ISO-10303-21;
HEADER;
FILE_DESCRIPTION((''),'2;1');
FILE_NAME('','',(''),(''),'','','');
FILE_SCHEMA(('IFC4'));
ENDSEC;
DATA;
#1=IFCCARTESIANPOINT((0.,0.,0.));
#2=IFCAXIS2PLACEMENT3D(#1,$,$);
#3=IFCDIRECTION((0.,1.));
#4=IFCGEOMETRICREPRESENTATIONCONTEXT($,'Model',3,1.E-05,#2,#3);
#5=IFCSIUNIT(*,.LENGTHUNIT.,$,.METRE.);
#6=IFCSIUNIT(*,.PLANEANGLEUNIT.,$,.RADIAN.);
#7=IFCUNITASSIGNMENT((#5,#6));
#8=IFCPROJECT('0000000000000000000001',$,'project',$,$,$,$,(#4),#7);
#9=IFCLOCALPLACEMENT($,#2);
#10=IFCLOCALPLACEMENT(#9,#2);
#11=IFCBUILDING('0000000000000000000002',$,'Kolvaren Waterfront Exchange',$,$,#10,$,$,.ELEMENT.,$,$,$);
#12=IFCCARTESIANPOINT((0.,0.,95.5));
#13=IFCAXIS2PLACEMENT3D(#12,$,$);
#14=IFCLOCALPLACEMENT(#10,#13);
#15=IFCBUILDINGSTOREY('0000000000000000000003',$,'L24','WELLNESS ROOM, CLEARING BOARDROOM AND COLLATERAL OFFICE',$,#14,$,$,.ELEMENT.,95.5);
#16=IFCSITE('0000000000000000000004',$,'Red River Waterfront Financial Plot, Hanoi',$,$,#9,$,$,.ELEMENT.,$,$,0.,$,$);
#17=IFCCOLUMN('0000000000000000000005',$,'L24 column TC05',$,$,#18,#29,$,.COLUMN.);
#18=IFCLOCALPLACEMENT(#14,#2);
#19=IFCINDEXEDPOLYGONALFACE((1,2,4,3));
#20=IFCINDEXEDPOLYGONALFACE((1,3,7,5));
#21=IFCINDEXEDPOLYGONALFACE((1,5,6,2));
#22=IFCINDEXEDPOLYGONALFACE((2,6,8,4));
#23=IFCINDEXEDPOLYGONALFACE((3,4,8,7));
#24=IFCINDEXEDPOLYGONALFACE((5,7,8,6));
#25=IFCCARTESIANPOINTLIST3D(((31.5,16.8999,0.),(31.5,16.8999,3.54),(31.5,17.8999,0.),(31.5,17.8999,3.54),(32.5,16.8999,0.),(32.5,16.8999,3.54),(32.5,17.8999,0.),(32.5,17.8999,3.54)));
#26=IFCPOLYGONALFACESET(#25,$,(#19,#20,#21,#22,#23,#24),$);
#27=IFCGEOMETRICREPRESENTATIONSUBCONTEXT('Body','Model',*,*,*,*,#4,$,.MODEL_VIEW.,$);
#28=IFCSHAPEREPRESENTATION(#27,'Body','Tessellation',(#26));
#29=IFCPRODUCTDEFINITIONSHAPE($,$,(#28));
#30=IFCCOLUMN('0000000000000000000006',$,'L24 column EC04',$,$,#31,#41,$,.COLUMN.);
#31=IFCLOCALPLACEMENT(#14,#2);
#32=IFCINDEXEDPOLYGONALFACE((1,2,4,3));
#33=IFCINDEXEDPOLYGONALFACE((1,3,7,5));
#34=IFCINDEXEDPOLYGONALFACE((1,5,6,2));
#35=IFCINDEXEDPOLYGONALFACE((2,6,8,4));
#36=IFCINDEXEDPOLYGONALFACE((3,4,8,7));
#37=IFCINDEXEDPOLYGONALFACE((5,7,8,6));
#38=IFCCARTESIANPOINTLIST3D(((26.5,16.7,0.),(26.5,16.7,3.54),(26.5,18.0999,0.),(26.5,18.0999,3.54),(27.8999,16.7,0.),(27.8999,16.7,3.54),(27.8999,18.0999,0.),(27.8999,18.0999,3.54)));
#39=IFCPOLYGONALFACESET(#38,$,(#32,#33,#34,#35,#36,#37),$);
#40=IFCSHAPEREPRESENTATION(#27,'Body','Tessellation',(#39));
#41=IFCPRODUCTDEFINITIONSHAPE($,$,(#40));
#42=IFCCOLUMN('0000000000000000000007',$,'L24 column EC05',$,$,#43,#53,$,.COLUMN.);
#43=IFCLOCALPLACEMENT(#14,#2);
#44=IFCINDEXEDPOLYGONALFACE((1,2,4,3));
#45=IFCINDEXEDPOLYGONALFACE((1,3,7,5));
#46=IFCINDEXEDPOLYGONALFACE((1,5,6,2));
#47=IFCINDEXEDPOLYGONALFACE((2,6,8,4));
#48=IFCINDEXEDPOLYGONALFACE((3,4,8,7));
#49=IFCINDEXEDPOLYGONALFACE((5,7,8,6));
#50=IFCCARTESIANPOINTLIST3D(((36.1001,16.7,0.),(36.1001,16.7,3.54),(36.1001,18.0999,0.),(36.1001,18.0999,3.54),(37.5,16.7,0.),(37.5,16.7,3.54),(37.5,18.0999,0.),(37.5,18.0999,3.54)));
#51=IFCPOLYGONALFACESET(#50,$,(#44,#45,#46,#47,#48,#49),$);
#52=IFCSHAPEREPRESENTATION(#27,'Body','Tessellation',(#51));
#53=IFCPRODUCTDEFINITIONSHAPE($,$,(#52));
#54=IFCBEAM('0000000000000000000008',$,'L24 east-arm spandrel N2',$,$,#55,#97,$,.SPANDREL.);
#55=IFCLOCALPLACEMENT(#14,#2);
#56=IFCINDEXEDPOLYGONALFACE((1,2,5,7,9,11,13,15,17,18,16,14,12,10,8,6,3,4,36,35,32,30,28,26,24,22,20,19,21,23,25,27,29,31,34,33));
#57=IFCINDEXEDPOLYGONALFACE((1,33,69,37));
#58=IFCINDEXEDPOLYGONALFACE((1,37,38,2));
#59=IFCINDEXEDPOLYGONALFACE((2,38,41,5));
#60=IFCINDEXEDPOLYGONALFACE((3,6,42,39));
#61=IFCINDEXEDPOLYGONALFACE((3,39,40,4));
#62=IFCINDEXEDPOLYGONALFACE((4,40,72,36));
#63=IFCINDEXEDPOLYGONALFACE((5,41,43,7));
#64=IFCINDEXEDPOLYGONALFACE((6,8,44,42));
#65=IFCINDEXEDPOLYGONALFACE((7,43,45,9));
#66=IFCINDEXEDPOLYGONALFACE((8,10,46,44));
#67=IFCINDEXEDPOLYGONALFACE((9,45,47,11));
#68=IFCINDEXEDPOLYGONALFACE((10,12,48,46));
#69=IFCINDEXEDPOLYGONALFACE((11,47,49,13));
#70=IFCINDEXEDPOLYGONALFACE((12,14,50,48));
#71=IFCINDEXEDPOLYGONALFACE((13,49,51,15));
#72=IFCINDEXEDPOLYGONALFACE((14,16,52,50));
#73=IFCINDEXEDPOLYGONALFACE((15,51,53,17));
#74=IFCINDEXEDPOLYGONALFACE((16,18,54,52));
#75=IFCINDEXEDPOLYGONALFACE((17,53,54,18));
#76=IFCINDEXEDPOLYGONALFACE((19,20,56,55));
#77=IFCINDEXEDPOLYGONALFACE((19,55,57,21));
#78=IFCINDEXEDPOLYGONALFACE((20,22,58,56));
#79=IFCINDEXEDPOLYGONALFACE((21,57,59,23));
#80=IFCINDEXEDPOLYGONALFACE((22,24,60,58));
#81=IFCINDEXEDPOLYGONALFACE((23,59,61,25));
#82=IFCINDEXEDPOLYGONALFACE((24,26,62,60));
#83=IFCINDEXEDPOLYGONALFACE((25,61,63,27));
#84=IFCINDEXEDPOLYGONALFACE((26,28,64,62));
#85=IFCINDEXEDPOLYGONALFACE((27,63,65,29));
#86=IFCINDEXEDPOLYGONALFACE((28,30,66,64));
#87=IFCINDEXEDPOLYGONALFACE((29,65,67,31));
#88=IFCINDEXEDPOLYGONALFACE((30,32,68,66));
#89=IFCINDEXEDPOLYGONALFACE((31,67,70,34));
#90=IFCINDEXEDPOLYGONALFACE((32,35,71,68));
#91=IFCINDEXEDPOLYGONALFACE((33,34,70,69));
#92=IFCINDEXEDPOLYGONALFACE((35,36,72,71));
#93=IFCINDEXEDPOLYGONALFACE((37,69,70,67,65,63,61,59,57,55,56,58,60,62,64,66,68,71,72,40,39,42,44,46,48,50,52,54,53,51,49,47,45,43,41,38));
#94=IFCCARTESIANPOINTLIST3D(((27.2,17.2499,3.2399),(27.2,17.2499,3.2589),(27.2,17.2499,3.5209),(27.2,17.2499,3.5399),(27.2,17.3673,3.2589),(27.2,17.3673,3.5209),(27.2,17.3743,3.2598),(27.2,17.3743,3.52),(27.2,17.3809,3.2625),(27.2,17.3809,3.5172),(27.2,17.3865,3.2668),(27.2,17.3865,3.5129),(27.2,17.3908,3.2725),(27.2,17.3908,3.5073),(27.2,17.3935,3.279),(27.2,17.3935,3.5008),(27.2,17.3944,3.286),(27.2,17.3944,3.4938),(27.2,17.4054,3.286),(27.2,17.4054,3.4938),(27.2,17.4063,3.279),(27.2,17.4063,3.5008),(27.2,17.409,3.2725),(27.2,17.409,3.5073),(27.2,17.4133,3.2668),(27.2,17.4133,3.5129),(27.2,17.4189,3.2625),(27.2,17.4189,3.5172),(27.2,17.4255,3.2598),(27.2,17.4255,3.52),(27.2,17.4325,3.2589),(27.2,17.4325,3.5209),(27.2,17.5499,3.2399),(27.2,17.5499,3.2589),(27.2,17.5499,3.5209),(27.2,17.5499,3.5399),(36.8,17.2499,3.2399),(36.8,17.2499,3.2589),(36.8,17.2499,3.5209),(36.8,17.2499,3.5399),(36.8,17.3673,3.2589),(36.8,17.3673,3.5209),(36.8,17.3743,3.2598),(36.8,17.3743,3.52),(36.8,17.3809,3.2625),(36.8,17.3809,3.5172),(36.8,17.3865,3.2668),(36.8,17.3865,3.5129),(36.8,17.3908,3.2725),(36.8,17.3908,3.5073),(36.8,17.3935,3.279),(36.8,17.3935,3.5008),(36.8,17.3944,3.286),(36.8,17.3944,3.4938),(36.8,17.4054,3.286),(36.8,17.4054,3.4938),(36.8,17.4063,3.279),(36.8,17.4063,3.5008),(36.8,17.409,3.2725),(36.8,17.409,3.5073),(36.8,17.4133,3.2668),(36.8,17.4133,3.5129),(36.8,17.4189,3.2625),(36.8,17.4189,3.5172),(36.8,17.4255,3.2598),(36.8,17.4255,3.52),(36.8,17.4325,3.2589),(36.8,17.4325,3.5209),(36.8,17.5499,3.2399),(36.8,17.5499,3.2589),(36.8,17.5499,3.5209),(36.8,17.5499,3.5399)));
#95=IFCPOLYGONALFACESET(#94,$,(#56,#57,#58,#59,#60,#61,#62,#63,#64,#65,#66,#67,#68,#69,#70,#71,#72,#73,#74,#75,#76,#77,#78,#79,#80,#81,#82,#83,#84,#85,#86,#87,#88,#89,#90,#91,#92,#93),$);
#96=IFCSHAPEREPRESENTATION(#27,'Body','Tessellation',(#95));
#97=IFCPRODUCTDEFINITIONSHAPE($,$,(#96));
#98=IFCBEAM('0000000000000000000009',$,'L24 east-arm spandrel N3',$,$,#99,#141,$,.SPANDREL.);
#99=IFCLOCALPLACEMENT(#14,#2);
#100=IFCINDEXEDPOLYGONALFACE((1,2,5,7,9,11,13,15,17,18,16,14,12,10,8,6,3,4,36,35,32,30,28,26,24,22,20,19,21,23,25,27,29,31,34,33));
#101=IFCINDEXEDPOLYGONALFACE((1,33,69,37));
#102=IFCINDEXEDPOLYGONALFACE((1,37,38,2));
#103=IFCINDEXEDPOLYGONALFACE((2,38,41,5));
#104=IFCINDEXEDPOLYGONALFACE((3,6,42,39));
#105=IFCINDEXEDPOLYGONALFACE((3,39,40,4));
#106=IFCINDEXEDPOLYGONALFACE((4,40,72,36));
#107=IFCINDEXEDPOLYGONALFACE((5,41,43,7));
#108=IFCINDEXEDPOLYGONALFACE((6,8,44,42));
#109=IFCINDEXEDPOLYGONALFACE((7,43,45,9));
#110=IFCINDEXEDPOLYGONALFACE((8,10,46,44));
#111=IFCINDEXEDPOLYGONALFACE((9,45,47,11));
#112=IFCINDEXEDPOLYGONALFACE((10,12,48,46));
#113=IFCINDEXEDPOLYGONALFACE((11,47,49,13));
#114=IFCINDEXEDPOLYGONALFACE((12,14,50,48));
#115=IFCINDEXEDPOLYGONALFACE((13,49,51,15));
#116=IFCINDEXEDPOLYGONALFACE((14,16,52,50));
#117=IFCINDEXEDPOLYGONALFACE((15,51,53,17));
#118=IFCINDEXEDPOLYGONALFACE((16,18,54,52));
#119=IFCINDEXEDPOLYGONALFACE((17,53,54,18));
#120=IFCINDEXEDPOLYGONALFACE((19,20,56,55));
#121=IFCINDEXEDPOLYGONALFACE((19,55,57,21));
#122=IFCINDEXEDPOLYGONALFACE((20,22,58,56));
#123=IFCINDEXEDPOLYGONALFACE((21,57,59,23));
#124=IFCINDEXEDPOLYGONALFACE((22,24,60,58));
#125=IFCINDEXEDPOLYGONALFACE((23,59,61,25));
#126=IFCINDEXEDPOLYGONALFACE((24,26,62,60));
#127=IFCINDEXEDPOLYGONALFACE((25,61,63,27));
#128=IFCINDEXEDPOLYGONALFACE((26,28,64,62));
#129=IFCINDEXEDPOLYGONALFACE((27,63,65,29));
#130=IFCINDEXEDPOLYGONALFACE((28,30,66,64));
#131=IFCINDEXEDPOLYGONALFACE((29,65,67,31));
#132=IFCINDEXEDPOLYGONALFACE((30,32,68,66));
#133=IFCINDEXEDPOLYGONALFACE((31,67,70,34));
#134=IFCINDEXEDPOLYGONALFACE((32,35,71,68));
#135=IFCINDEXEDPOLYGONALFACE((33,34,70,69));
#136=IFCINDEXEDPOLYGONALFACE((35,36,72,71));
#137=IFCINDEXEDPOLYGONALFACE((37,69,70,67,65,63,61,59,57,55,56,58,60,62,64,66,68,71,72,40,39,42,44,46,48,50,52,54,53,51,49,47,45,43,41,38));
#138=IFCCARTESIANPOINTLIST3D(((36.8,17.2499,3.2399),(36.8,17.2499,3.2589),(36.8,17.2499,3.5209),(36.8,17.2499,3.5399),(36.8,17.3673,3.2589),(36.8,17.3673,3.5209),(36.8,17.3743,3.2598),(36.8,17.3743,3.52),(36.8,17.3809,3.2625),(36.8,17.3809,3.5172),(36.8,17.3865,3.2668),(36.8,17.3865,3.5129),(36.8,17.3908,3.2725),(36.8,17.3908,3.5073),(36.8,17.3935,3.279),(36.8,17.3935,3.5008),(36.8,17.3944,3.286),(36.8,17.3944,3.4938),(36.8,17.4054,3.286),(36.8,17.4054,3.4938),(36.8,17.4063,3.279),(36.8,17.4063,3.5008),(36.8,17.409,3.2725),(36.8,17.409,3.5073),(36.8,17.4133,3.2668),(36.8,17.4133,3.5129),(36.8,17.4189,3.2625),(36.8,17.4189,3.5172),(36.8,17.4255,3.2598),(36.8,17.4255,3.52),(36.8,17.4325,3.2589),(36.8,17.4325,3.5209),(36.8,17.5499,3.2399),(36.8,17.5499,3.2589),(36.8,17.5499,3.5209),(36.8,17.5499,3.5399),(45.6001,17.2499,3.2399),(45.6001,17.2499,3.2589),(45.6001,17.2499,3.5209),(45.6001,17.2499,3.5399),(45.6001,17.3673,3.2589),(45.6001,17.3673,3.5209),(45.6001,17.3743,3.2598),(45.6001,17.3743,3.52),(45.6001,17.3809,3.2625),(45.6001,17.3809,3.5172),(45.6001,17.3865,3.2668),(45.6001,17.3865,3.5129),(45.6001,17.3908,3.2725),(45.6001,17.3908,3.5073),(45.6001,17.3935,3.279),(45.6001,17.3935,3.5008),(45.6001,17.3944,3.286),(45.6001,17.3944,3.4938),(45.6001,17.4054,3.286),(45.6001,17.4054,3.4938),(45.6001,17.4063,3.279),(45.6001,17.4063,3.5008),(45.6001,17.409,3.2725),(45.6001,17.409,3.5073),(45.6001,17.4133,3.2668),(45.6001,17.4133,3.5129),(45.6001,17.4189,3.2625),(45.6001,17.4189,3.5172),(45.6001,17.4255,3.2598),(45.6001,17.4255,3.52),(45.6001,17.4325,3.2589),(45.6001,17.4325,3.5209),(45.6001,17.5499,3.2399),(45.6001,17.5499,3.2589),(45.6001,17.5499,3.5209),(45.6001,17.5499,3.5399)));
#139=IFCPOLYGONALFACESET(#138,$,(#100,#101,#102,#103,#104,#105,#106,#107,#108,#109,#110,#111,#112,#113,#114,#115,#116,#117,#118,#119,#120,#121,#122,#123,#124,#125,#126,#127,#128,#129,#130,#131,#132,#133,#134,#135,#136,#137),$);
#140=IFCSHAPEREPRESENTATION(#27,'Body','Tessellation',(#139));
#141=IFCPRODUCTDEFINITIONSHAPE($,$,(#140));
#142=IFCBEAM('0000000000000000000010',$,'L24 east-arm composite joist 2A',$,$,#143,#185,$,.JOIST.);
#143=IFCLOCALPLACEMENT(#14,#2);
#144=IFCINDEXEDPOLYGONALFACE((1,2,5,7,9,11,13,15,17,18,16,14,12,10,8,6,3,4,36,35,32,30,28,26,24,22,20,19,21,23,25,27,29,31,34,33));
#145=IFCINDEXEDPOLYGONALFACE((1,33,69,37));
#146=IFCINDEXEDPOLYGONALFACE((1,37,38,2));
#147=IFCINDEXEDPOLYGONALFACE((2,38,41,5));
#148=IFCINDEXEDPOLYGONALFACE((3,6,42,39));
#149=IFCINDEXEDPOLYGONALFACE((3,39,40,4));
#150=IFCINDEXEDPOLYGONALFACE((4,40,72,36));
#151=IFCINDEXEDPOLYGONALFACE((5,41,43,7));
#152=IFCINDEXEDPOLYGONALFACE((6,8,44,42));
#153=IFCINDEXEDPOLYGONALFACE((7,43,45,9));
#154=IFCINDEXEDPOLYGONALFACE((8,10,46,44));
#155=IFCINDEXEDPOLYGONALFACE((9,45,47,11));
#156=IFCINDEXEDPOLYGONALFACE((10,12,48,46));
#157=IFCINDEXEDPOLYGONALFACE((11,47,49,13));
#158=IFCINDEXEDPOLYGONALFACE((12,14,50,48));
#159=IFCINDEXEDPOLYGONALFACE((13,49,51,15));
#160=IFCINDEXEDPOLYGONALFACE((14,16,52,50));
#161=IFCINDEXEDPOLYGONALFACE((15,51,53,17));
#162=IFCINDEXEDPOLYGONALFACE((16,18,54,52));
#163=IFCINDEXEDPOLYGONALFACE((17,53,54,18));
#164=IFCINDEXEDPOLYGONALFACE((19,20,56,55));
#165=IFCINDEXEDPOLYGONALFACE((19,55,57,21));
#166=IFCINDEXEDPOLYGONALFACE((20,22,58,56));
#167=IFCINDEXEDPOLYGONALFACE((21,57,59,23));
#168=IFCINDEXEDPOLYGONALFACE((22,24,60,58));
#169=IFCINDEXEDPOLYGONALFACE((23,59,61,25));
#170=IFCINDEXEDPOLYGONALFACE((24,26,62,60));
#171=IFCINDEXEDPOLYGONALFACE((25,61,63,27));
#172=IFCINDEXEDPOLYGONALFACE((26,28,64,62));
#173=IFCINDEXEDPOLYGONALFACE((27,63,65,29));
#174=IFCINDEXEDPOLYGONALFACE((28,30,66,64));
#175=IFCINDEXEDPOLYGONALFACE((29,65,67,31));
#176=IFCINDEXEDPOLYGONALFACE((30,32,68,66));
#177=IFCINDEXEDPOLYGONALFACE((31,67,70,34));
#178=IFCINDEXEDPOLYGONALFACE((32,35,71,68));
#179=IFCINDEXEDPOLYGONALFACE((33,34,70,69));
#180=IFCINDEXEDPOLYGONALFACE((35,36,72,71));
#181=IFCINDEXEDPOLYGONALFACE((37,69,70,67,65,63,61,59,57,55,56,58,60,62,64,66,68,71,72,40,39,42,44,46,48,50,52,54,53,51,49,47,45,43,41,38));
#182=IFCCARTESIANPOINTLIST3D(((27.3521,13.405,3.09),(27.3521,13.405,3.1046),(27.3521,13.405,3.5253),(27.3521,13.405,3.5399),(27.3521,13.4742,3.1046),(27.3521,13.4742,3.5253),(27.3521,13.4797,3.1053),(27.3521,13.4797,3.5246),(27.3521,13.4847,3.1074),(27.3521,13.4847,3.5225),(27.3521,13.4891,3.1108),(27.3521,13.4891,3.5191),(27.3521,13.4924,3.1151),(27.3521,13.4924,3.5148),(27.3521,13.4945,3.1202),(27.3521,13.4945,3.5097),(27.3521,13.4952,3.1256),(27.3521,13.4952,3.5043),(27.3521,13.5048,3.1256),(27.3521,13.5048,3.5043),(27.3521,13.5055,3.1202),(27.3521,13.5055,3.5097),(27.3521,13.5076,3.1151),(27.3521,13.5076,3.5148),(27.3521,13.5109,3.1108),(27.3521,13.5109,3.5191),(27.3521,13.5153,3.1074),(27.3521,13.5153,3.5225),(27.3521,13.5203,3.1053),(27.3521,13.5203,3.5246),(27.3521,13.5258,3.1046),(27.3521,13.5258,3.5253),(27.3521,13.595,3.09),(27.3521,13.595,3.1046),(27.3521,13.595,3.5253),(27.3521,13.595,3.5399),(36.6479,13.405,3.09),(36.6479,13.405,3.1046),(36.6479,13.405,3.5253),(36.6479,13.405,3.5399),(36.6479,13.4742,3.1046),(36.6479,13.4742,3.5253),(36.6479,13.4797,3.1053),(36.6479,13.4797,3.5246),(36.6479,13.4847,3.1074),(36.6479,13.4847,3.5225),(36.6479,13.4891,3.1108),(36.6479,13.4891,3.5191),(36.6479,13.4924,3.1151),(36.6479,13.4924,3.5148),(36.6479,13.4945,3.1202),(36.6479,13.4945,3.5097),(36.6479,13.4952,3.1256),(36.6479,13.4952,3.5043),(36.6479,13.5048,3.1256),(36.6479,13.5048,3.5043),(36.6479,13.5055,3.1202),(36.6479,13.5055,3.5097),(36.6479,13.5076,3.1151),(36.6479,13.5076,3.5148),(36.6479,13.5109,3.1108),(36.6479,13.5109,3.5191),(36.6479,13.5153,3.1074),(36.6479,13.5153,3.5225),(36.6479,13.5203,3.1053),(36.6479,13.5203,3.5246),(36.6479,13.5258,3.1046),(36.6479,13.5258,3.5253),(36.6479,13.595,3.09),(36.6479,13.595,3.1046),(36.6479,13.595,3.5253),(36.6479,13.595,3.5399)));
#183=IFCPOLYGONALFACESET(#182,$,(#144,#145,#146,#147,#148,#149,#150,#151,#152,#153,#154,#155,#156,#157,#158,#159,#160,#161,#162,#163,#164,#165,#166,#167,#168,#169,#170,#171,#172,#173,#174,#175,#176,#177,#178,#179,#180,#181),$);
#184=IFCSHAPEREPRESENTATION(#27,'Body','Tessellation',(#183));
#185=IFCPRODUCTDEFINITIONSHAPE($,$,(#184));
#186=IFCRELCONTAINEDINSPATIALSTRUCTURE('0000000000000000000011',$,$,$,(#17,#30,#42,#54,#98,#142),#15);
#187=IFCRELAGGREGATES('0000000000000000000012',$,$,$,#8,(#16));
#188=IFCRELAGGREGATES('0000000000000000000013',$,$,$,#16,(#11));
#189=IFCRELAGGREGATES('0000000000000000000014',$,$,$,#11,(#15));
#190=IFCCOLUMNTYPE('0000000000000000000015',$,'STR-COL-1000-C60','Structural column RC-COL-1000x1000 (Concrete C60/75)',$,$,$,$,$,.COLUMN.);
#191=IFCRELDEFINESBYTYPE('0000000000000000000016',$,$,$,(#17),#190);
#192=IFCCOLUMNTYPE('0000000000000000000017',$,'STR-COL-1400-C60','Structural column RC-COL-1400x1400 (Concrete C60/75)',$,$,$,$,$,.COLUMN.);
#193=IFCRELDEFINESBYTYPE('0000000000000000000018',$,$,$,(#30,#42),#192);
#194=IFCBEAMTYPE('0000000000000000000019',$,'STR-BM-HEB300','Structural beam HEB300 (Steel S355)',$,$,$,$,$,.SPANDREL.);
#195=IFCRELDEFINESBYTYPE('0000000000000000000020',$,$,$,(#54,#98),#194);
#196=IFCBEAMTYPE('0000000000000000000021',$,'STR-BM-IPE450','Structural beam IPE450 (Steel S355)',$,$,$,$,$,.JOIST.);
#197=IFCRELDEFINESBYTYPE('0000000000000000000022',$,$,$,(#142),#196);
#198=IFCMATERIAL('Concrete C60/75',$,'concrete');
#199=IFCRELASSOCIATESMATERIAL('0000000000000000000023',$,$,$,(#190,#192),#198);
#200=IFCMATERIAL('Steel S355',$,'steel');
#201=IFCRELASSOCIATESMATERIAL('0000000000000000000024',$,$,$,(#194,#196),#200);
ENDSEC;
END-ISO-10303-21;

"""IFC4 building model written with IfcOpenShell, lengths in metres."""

from ifc_helpers import new_model, si_unit, direction, frame, origin, origin_2d, place, context, subcontext, project, spatial, rectangle, i_section, extrude, material, material_profile, profile_set, type_object, element, save


model = new_model("IFC4")

# Units and contexts
model_context = context("Model", 3, precision=1e-05, world=origin(), true_north=direction((0.0, 1.0)))
body_context = subcontext(model_context, "Body", "Model", "MODEL_VIEW")
ifc_project = project(units=[si_unit("LENGTHUNIT", "METRE"), si_unit("PLANEANGLEUNIT", "RADIAN")], contexts=[model_context])

# Site, building, storey
site_placement = place(None, origin())
site = spatial("IfcSite", under=ifc_project, at=site_placement, Name="Red River Waterfront Financial Plot, Hanoi", CompositionType="ELEMENT", RefElevation=0.0)
building_placement = place(site_placement, origin())
building = spatial("IfcBuilding", under=site, at=building_placement, Name="Kolvaren Waterfront Exchange", CompositionType="ELEMENT")
storey_placement = place(building_placement, frame((0.0, 0.0, 95.5)))
storey = spatial("IfcBuildingStorey", under=building, at=storey_placement, Name="L24", Description="WELLNESS ROOM, CLEARING BOARDROOM AND COLLATERAL OFFICE", CompositionType="ELEMENT", Elevation=95.5)

# Columns
ifc_material_1 = material(Name="Concrete C60/75", Category="concrete")
ifc_material_profile_1 = material_profile(ifc_material_1, rectangle(XDim=1.0, YDim=1.0, at=origin_2d()), Name="RC-COL-1000x1000")
ifc_profile_set_1 = profile_set([ifc_material_profile_1], Name="Concrete C60/75")
column_type_1 = type_object("IfcColumnType", Name="STR-COL-1000-C60", Description="Structural column RC-COL-1000x1000 (Concrete C60/75)", PredefinedType="COLUMN", material=ifc_profile_set_1)
column_placement = place(storey_placement, frame((32.0, 17.3999, 0.0), z_axis=(0.0, 0.0, 1.0), x_axis=(1.0, 0.0, 0.0)))
element("IfcColumn", 1, at=column_placement, inside=storey, type_object=column_type_1, Name="L24 column TC05", PredefinedType="COLUMN", context=body_context, shape_type="SweptSolid", body=[
    extrude(rectangle(XDim=1.0, YDim=1.0, at=origin_2d()), origin(), (0.0, 0.0, 1.0), 3.54),
])
ifc_material_profile_2 = material_profile(ifc_material_1, rectangle(XDim=1.3999, YDim=1.3999, at=origin_2d()), Name="RC-COL-1400x1400")
ifc_profile_set_2 = profile_set([ifc_material_profile_2], Name="Concrete C60/75")
column_type_2 = type_object("IfcColumnType", Name="STR-COL-1400-C60", Description="Structural column RC-COL-1400x1400 (Concrete C60/75)", PredefinedType="COLUMN", material=ifc_profile_set_2)
for number, where, z_axis, x_axis, name in (
    (2, (27.2, 17.3999, 0.0), (0.0, 0.0, 1.0), (1.0, 0.0, 0.0), "L24 column EC04"),
    (3, (36.8, 17.3999, 0.0), (0.0, 0.0, 1.0), (1.0, 0.0, 0.0), "L24 column EC05"),
):
    element("IfcColumn", number, at=place(storey_placement, frame(where, z_axis=z_axis, x_axis=x_axis)), inside=storey, type_object=column_type_2, Name=name, PredefinedType="COLUMN", context=body_context, shape_type="SweptSolid", body=[
        extrude(rectangle(XDim=1.3999, YDim=1.3999, at=origin_2d()), origin(), (0.0, 0.0, 1.0), 3.54),
    ])

# Beams
ifc_material_2 = material(Name="Steel S355", Category="steel")
ifc_material_profile_3 = material_profile(ifc_material_2, i_section(OverallWidth=0.3, OverallDepth=0.3, WebThickness=0.011, FlangeThickness=0.019, FilletRadius=0.0271, at=origin_2d()), Name="HEB300")
ifc_profile_set_3 = profile_set([ifc_material_profile_3], Name="Steel S355")
beam_type_1 = type_object("IfcBeamType", Name="STR-BM-HEB300", Description="Structural beam HEB300 (Steel S355)", PredefinedType="SPANDREL", material=ifc_profile_set_3)
beam_1_placement = place(storey_placement, frame((27.2, 17.3999, 3.3899), z_axis=(1.0, 0.0, 0.0), x_axis=(0.0, 1.0, 0.0)))
element("IfcBeam", 4, at=beam_1_placement, inside=storey, type_object=beam_type_1, Name="L24 east-arm spandrel N2", PredefinedType="SPANDREL", context=body_context, shape_type="SweptSolid", body=[
    extrude(i_section(OverallWidth=0.3, OverallDepth=0.3, WebThickness=0.011, FlangeThickness=0.019, FilletRadius=0.0271, at=origin_2d()), origin(), (0.0, 0.0, 1.0), 9.6001),
])
beam_2_placement = place(storey_placement, frame((36.8, 17.3999, 3.3899), z_axis=(1.0, 0.0, 0.0), x_axis=(0.0, 1.0, 0.0)))
element("IfcBeam", 5, at=beam_2_placement, inside=storey, type_object=beam_type_1, Name="L24 east-arm spandrel N3", PredefinedType="SPANDREL", context=body_context, shape_type="SweptSolid", body=[
    extrude(i_section(OverallWidth=0.3, OverallDepth=0.3, WebThickness=0.011, FlangeThickness=0.019, FilletRadius=0.0271, at=origin_2d()), origin(), (0.0, 0.0, 1.0), 8.8),
])
ifc_material_profile_4 = material_profile(ifc_material_2, i_section(OverallWidth=0.1899, OverallDepth=0.45, WebThickness=0.0095, FlangeThickness=0.0146, FilletRadius=0.021, at=origin_2d()), Name="IPE450")
ifc_profile_set_4 = profile_set([ifc_material_profile_4], Name="Steel S355")
beam_type_2 = type_object("IfcBeamType", Name="STR-BM-IPE450", Description="Structural beam IPE450 (Steel S355)", PredefinedType="JOIST", material=ifc_profile_set_4)
for number, where, z_axis, x_axis, name in (
    (6, (27.3521, 13.5, 3.3149), (1.0, 0.0, 0.0), (0.0, 1.0, 0.0), "L24 east-arm composite joist 2A"),
):
    element("IfcBeam", number, at=place(storey_placement, frame(where, z_axis=z_axis, x_axis=x_axis)), inside=storey, type_object=beam_type_2, Name=name, PredefinedType="JOIST", context=body_context, shape_type="SweptSolid", body=[
        extrude(i_section(OverallWidth=0.1899, OverallDepth=0.45, WebThickness=0.0095, FlangeThickness=0.0146, FilletRadius=0.021, at=origin_2d()), origin(), (0.0, 0.0, 1.0), 9.2959),
    ])

save(model, "model.ifc")
